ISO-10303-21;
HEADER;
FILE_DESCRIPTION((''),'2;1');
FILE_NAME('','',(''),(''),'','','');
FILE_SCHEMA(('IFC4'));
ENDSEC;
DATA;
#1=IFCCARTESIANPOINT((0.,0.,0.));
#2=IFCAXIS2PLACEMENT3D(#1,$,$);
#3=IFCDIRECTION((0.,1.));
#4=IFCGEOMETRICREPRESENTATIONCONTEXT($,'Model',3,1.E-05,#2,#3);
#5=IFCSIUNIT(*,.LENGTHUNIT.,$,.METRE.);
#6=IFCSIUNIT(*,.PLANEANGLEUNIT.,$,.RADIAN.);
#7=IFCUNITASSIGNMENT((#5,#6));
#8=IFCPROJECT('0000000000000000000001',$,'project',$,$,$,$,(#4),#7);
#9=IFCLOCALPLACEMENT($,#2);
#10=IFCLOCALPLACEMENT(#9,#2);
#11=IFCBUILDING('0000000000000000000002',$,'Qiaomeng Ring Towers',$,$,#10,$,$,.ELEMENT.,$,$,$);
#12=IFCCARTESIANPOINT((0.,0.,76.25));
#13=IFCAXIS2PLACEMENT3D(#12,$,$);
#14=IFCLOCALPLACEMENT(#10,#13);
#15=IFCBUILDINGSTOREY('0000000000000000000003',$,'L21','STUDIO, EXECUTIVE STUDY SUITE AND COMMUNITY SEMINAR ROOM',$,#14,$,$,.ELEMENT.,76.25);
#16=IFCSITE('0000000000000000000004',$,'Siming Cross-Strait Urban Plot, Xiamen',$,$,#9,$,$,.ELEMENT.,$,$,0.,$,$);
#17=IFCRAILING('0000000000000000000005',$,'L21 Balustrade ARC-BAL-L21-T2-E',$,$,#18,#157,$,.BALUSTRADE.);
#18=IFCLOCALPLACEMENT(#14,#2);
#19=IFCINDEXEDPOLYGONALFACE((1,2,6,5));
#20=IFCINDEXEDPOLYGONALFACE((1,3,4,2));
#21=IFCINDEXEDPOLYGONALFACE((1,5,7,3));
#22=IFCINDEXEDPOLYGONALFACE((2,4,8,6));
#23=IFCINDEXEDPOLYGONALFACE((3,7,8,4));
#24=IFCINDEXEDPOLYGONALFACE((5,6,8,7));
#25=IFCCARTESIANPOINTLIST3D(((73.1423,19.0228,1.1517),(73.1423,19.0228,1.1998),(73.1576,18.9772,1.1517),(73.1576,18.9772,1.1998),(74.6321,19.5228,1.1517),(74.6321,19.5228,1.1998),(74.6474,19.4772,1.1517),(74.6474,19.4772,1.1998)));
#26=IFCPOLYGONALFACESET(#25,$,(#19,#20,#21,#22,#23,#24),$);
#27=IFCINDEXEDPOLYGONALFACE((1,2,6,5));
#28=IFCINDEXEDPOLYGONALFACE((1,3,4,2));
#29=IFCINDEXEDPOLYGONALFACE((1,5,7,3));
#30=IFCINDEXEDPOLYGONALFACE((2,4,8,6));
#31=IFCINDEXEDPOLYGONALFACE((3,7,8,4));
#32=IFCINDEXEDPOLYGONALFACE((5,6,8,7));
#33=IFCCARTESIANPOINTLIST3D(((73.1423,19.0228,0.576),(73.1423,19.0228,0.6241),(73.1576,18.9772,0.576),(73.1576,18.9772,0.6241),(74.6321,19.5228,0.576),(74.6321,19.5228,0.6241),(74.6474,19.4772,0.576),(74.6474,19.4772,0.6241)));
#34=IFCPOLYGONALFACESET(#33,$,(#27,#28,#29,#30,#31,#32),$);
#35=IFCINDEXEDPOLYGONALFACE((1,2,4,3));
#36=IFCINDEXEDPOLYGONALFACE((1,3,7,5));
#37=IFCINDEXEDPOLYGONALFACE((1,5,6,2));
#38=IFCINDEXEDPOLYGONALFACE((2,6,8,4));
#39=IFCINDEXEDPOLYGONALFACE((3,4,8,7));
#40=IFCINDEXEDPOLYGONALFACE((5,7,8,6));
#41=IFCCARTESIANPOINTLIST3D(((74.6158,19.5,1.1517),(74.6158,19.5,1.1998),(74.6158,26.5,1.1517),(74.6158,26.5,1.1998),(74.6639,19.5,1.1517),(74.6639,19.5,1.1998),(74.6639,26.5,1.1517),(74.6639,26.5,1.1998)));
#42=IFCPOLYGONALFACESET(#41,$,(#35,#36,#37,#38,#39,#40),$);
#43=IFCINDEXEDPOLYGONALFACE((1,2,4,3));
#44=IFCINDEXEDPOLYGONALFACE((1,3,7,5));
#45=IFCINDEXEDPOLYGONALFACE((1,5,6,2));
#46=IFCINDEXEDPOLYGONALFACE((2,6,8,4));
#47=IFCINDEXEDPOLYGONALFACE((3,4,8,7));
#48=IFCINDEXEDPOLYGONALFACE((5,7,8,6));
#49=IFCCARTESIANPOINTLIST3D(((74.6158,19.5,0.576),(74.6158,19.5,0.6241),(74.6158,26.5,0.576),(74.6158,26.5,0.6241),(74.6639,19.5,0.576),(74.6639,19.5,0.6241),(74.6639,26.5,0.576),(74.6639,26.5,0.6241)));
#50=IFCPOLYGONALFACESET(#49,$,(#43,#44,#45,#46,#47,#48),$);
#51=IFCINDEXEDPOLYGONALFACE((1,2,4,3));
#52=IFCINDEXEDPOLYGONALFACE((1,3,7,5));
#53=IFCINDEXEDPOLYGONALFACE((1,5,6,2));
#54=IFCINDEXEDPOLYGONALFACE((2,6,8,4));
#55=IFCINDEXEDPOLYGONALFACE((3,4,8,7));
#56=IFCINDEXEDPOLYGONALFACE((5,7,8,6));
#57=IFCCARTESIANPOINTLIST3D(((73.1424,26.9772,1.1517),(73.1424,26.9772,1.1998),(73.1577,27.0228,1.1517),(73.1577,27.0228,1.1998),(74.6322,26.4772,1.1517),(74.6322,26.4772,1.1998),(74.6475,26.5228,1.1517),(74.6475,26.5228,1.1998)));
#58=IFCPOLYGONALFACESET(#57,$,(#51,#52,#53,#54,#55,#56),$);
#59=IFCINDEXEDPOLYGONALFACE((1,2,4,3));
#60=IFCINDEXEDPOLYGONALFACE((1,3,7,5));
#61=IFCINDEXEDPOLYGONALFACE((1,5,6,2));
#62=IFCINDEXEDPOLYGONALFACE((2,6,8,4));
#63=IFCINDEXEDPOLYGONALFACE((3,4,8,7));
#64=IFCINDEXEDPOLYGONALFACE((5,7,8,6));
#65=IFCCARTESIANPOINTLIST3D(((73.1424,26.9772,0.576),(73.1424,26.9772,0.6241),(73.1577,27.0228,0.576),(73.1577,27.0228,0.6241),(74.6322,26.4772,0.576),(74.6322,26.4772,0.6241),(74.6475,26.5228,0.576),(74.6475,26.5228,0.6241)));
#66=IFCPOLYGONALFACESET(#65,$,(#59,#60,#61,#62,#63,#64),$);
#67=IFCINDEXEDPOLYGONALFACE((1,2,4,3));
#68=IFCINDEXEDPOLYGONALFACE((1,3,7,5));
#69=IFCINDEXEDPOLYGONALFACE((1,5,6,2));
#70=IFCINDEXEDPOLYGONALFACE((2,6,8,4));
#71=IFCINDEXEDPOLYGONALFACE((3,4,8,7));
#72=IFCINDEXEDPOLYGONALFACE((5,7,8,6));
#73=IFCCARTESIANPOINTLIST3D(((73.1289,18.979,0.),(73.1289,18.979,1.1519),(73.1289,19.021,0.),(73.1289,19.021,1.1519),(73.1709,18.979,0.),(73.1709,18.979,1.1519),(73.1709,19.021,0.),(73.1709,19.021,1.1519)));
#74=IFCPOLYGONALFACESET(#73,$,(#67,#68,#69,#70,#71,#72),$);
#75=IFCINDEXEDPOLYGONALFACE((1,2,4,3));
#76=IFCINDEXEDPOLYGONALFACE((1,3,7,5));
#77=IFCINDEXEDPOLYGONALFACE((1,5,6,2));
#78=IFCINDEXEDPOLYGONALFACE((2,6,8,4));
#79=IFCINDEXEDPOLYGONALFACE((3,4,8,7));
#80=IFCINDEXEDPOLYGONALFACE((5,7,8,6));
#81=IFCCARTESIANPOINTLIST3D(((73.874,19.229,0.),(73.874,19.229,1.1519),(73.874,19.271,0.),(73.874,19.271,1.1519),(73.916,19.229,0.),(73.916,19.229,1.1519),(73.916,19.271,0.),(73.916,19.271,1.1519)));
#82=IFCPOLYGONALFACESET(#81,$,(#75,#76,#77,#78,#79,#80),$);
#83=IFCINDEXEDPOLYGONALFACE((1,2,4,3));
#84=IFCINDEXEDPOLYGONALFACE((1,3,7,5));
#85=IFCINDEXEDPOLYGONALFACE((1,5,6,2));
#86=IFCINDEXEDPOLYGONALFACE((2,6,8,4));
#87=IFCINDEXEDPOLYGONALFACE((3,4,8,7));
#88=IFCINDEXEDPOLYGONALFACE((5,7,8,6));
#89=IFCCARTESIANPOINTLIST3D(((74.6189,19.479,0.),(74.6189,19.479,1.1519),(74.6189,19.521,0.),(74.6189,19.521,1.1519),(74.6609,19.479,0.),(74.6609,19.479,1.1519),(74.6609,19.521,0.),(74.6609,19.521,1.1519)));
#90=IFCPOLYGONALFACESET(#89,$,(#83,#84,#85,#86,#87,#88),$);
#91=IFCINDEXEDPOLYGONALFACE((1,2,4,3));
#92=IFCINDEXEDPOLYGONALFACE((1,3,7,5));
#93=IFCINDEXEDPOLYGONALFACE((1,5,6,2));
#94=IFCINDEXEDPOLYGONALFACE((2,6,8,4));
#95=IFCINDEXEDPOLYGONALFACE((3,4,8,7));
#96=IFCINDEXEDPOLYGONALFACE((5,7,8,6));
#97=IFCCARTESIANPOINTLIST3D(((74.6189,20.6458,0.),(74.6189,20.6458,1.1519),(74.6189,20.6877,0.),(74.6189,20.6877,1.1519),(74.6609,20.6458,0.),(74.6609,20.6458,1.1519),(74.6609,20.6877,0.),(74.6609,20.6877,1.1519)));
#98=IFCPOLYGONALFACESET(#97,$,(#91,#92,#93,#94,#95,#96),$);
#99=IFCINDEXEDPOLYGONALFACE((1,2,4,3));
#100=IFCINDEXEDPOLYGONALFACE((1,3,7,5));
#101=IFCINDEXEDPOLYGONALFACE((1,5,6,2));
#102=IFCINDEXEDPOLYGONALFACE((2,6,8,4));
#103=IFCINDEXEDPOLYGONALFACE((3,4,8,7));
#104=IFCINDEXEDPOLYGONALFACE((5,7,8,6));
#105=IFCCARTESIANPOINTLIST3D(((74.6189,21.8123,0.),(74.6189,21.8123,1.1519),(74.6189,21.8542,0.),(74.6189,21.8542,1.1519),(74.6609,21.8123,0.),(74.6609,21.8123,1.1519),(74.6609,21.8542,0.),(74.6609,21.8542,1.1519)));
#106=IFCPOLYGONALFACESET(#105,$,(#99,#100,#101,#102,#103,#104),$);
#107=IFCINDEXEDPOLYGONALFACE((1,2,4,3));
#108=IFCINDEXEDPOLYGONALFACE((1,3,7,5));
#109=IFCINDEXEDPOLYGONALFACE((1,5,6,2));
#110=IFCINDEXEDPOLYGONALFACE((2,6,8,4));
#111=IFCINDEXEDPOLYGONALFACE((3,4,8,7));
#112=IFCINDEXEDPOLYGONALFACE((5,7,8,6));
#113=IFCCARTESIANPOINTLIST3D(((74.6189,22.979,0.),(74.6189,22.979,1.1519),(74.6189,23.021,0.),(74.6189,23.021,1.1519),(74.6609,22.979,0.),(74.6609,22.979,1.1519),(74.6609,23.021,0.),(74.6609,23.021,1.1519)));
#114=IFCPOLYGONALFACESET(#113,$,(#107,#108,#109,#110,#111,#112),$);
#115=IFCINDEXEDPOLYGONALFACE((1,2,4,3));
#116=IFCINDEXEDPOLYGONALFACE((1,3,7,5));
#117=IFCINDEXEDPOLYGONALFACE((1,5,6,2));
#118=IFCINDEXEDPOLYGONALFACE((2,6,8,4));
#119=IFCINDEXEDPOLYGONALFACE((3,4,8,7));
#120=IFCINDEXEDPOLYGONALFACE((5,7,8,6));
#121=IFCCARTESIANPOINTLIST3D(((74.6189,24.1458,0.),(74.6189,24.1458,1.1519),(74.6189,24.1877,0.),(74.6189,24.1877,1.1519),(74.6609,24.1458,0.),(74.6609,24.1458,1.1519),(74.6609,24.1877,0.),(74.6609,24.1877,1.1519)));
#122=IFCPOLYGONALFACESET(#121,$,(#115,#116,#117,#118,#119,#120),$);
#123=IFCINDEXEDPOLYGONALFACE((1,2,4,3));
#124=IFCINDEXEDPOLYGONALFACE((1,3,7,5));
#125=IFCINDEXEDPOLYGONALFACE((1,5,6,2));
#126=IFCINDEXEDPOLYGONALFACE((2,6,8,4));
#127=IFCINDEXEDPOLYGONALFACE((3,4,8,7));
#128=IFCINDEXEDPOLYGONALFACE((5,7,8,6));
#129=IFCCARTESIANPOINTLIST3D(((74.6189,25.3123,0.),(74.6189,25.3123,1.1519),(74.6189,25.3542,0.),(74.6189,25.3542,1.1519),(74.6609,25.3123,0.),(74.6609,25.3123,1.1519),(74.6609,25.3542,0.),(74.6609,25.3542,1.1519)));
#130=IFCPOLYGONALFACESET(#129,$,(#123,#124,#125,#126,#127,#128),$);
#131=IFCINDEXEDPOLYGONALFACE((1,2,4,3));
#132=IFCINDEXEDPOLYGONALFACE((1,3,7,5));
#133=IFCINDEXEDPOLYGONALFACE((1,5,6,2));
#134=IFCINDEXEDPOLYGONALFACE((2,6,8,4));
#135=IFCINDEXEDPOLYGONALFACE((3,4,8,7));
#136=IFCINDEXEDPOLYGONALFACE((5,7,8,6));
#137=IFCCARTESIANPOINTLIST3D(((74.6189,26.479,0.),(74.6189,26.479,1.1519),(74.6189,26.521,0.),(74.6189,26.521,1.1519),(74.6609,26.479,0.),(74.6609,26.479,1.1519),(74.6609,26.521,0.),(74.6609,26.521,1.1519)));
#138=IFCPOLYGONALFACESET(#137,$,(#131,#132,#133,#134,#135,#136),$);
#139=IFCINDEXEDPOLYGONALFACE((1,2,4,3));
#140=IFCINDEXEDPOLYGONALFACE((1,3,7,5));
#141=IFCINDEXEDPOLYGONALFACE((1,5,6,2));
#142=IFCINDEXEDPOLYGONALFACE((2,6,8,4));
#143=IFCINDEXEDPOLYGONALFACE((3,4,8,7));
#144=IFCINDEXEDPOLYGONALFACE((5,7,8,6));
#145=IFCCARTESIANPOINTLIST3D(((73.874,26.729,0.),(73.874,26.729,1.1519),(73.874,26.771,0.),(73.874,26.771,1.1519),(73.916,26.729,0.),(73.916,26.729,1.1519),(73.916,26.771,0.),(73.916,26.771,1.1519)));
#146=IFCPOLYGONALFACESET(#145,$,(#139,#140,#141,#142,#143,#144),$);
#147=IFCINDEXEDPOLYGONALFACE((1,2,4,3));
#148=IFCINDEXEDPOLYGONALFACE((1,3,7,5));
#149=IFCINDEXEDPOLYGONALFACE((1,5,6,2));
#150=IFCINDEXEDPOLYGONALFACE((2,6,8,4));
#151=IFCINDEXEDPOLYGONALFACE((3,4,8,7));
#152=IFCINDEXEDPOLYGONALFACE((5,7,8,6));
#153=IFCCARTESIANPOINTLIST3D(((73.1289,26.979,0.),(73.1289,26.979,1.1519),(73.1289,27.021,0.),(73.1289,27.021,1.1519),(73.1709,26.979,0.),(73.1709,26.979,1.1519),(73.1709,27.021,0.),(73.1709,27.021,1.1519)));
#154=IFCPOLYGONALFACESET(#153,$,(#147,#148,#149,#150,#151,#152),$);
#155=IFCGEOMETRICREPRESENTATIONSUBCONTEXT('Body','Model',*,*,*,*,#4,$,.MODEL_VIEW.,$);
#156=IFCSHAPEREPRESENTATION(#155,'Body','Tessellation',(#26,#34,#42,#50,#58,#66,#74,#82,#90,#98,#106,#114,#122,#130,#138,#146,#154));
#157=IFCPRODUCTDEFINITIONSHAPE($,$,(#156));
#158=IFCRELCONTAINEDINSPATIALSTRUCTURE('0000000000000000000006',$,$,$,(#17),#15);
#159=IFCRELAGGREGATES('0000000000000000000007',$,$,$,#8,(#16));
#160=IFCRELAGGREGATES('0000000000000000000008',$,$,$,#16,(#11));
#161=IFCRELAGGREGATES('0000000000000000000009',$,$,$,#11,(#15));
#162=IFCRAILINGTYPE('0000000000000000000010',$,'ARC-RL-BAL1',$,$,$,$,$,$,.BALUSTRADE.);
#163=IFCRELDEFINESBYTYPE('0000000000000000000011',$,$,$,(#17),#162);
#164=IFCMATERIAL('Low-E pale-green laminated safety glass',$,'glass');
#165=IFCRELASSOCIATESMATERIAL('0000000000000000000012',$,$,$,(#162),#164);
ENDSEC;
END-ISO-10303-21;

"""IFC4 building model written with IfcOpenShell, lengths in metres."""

from ifc_helpers import new_model, si_unit, direction, frame, origin, origin_2d, place, context, subcontext, project, spatial, rectangle, extrude, material, type_object, element, save


model = new_model("IFC4")

# Units and contexts
model_context = context("Model", 3, precision=1e-05, world=origin(), true_north=direction((0.0, 1.0)))
body_context = subcontext(model_context, "Body", "Model", "MODEL_VIEW")
ifc_project = project(units=[si_unit("LENGTHUNIT", "METRE"), si_unit("PLANEANGLEUNIT", "RADIAN")], contexts=[model_context])

# Site, building, storey
site_placement = place(None, origin())
site = spatial("IfcSite", under=ifc_project, at=site_placement, Name="Siming Cross-Strait Urban Plot, Xiamen", CompositionType="ELEMENT", RefElevation=0.0)
building_placement = place(site_placement, origin())
building = spatial("IfcBuilding", under=site, at=building_placement, Name="Qiaomeng Ring Towers", CompositionType="ELEMENT")
storey_placement = place(building_placement, frame((0.0, 0.0, 76.25)))
storey = spatial("IfcBuildingStorey", under=building, at=storey_placement, Name="L21", Description="STUDIO, EXECUTIVE STUDY SUITE AND COMMUNITY SEMINAR ROOM", CompositionType="ELEMENT", Elevation=76.25)

# Railing
ifc_material_1 = material(Name="Low-E pale-green laminated safety glass", Category="glass")
railing_type = type_object("IfcRailingType", Name="ARC-RL-BAL1", PredefinedType="BALUSTRADE", material=ifc_material_1)
railing_placement = place(storey_placement, frame((73.1499, 19.0, 0.0)))
element("IfcRailing", 1, at=railing_placement, inside=storey, type_object=railing_type, Name="L21 Balustrade ARC-BAL-L21-T2-E", PredefinedType="BALUSTRADE", context=body_context, shape_type="SweptSolid", body=[
    extrude(rectangle(XDim=0.0481, YDim=0.0481, at=origin_2d()), frame((0.0, 0.0, 1.1758), z_axis=(0.948044, 0.318138, 0.0), x_axis=(-0.318138, 0.948044, 0.0)), (0.0, 0.0, 1.0), 1.5715),
    extrude(rectangle(XDim=0.0481, YDim=0.0481, at=origin_2d()), frame((0.0, 0.0, 0.6001), z_axis=(0.948044, 0.318138, 0.0), x_axis=(-0.318138, 0.948044, 0.0)), (0.0, 0.0, 1.0), 1.5715),
    extrude(rectangle(XDim=0.0481, YDim=0.0481, at=origin_2d()), frame((1.49, 0.5, 1.1758), z_axis=(0.0, 1.0, 0.0), x_axis=(-1.0, 0.0, 0.0)), (0.0, 0.0, 1.0), 7.0),
    extrude(rectangle(XDim=0.0481, YDim=0.0481, at=origin_2d()), frame((1.49, 0.5, 0.6001), z_axis=(0.0, 1.0, 0.0), x_axis=(-1.0, 0.0, 0.0)), (0.0, 0.0, 1.0), 7.0),
    extrude(rectangle(XDim=0.0481, YDim=0.0481, at=origin_2d()), frame((1.49, 7.5, 1.1758), z_axis=(-0.948044, 0.318138, 0.0), x_axis=(-0.318138, -0.948044, 0.0)), (0.0, 0.0, 1.0), 1.5715),
    extrude(rectangle(XDim=0.0481, YDim=0.0481, at=origin_2d()), frame((1.49, 7.5, 0.6001), z_axis=(-0.948044, 0.318138, 0.0), x_axis=(-0.318138, -0.948044, 0.0)), (0.0, 0.0, 1.0), 1.5715),
    extrude(rectangle(XDim=0.042, YDim=0.042, at=origin_2d()), origin(), (0.0, 0.0, 1.0), 1.1519),
    extrude(rectangle(XDim=0.042, YDim=0.042, at=origin_2d()), frame((0.7451, 0.25, 0.0)), (0.0, 0.0, 1.0), 1.1519),
    extrude(rectangle(XDim=0.042, YDim=0.042, at=origin_2d()), frame((1.49, 0.5, 0.0)), (0.0, 0.0, 1.0), 1.1519),
    extrude(rectangle(XDim=0.042, YDim=0.042, at=origin_2d()), frame((1.49, 1.6667, 0.0)), (0.0, 0.0, 1.0), 1.1519),
    extrude(rectangle(XDim=0.042, YDim=0.042, at=origin_2d()), frame((1.49, 2.8333, 0.0)), (0.0, 0.0, 1.0), 1.1519),
    extrude(rectangle(XDim=0.042, YDim=0.042, at=origin_2d()), frame((1.49, 4.0, 0.0)), (0.0, 0.0, 1.0), 1.1519),
    extrude(rectangle(XDim=0.042, YDim=0.042, at=origin_2d()), frame((1.49, 5.1667, 0.0)), (0.0, 0.0, 1.0), 1.1519),
    extrude(rectangle(XDim=0.042, YDim=0.042, at=origin_2d()), frame((1.49, 6.3333, 0.0)), (0.0, 0.0, 1.0), 1.1519),
    extrude(rectangle(XDim=0.042, YDim=0.042, at=origin_2d()), frame((1.49, 7.5, 0.0)), (0.0, 0.0, 1.0), 1.1519),
    extrude(rectangle(XDim=0.042, YDim=0.042, at=origin_2d()), frame((0.7451, 7.75, 0.0)), (0.0, 0.0, 1.0), 1.1519),
    extrude(rectangle(XDim=0.042, YDim=0.042, at=origin_2d()), frame((0.0, 8.0, 0.0)), (0.0, 0.0, 1.0), 1.1519),
])

save(model, "model.ifc")
